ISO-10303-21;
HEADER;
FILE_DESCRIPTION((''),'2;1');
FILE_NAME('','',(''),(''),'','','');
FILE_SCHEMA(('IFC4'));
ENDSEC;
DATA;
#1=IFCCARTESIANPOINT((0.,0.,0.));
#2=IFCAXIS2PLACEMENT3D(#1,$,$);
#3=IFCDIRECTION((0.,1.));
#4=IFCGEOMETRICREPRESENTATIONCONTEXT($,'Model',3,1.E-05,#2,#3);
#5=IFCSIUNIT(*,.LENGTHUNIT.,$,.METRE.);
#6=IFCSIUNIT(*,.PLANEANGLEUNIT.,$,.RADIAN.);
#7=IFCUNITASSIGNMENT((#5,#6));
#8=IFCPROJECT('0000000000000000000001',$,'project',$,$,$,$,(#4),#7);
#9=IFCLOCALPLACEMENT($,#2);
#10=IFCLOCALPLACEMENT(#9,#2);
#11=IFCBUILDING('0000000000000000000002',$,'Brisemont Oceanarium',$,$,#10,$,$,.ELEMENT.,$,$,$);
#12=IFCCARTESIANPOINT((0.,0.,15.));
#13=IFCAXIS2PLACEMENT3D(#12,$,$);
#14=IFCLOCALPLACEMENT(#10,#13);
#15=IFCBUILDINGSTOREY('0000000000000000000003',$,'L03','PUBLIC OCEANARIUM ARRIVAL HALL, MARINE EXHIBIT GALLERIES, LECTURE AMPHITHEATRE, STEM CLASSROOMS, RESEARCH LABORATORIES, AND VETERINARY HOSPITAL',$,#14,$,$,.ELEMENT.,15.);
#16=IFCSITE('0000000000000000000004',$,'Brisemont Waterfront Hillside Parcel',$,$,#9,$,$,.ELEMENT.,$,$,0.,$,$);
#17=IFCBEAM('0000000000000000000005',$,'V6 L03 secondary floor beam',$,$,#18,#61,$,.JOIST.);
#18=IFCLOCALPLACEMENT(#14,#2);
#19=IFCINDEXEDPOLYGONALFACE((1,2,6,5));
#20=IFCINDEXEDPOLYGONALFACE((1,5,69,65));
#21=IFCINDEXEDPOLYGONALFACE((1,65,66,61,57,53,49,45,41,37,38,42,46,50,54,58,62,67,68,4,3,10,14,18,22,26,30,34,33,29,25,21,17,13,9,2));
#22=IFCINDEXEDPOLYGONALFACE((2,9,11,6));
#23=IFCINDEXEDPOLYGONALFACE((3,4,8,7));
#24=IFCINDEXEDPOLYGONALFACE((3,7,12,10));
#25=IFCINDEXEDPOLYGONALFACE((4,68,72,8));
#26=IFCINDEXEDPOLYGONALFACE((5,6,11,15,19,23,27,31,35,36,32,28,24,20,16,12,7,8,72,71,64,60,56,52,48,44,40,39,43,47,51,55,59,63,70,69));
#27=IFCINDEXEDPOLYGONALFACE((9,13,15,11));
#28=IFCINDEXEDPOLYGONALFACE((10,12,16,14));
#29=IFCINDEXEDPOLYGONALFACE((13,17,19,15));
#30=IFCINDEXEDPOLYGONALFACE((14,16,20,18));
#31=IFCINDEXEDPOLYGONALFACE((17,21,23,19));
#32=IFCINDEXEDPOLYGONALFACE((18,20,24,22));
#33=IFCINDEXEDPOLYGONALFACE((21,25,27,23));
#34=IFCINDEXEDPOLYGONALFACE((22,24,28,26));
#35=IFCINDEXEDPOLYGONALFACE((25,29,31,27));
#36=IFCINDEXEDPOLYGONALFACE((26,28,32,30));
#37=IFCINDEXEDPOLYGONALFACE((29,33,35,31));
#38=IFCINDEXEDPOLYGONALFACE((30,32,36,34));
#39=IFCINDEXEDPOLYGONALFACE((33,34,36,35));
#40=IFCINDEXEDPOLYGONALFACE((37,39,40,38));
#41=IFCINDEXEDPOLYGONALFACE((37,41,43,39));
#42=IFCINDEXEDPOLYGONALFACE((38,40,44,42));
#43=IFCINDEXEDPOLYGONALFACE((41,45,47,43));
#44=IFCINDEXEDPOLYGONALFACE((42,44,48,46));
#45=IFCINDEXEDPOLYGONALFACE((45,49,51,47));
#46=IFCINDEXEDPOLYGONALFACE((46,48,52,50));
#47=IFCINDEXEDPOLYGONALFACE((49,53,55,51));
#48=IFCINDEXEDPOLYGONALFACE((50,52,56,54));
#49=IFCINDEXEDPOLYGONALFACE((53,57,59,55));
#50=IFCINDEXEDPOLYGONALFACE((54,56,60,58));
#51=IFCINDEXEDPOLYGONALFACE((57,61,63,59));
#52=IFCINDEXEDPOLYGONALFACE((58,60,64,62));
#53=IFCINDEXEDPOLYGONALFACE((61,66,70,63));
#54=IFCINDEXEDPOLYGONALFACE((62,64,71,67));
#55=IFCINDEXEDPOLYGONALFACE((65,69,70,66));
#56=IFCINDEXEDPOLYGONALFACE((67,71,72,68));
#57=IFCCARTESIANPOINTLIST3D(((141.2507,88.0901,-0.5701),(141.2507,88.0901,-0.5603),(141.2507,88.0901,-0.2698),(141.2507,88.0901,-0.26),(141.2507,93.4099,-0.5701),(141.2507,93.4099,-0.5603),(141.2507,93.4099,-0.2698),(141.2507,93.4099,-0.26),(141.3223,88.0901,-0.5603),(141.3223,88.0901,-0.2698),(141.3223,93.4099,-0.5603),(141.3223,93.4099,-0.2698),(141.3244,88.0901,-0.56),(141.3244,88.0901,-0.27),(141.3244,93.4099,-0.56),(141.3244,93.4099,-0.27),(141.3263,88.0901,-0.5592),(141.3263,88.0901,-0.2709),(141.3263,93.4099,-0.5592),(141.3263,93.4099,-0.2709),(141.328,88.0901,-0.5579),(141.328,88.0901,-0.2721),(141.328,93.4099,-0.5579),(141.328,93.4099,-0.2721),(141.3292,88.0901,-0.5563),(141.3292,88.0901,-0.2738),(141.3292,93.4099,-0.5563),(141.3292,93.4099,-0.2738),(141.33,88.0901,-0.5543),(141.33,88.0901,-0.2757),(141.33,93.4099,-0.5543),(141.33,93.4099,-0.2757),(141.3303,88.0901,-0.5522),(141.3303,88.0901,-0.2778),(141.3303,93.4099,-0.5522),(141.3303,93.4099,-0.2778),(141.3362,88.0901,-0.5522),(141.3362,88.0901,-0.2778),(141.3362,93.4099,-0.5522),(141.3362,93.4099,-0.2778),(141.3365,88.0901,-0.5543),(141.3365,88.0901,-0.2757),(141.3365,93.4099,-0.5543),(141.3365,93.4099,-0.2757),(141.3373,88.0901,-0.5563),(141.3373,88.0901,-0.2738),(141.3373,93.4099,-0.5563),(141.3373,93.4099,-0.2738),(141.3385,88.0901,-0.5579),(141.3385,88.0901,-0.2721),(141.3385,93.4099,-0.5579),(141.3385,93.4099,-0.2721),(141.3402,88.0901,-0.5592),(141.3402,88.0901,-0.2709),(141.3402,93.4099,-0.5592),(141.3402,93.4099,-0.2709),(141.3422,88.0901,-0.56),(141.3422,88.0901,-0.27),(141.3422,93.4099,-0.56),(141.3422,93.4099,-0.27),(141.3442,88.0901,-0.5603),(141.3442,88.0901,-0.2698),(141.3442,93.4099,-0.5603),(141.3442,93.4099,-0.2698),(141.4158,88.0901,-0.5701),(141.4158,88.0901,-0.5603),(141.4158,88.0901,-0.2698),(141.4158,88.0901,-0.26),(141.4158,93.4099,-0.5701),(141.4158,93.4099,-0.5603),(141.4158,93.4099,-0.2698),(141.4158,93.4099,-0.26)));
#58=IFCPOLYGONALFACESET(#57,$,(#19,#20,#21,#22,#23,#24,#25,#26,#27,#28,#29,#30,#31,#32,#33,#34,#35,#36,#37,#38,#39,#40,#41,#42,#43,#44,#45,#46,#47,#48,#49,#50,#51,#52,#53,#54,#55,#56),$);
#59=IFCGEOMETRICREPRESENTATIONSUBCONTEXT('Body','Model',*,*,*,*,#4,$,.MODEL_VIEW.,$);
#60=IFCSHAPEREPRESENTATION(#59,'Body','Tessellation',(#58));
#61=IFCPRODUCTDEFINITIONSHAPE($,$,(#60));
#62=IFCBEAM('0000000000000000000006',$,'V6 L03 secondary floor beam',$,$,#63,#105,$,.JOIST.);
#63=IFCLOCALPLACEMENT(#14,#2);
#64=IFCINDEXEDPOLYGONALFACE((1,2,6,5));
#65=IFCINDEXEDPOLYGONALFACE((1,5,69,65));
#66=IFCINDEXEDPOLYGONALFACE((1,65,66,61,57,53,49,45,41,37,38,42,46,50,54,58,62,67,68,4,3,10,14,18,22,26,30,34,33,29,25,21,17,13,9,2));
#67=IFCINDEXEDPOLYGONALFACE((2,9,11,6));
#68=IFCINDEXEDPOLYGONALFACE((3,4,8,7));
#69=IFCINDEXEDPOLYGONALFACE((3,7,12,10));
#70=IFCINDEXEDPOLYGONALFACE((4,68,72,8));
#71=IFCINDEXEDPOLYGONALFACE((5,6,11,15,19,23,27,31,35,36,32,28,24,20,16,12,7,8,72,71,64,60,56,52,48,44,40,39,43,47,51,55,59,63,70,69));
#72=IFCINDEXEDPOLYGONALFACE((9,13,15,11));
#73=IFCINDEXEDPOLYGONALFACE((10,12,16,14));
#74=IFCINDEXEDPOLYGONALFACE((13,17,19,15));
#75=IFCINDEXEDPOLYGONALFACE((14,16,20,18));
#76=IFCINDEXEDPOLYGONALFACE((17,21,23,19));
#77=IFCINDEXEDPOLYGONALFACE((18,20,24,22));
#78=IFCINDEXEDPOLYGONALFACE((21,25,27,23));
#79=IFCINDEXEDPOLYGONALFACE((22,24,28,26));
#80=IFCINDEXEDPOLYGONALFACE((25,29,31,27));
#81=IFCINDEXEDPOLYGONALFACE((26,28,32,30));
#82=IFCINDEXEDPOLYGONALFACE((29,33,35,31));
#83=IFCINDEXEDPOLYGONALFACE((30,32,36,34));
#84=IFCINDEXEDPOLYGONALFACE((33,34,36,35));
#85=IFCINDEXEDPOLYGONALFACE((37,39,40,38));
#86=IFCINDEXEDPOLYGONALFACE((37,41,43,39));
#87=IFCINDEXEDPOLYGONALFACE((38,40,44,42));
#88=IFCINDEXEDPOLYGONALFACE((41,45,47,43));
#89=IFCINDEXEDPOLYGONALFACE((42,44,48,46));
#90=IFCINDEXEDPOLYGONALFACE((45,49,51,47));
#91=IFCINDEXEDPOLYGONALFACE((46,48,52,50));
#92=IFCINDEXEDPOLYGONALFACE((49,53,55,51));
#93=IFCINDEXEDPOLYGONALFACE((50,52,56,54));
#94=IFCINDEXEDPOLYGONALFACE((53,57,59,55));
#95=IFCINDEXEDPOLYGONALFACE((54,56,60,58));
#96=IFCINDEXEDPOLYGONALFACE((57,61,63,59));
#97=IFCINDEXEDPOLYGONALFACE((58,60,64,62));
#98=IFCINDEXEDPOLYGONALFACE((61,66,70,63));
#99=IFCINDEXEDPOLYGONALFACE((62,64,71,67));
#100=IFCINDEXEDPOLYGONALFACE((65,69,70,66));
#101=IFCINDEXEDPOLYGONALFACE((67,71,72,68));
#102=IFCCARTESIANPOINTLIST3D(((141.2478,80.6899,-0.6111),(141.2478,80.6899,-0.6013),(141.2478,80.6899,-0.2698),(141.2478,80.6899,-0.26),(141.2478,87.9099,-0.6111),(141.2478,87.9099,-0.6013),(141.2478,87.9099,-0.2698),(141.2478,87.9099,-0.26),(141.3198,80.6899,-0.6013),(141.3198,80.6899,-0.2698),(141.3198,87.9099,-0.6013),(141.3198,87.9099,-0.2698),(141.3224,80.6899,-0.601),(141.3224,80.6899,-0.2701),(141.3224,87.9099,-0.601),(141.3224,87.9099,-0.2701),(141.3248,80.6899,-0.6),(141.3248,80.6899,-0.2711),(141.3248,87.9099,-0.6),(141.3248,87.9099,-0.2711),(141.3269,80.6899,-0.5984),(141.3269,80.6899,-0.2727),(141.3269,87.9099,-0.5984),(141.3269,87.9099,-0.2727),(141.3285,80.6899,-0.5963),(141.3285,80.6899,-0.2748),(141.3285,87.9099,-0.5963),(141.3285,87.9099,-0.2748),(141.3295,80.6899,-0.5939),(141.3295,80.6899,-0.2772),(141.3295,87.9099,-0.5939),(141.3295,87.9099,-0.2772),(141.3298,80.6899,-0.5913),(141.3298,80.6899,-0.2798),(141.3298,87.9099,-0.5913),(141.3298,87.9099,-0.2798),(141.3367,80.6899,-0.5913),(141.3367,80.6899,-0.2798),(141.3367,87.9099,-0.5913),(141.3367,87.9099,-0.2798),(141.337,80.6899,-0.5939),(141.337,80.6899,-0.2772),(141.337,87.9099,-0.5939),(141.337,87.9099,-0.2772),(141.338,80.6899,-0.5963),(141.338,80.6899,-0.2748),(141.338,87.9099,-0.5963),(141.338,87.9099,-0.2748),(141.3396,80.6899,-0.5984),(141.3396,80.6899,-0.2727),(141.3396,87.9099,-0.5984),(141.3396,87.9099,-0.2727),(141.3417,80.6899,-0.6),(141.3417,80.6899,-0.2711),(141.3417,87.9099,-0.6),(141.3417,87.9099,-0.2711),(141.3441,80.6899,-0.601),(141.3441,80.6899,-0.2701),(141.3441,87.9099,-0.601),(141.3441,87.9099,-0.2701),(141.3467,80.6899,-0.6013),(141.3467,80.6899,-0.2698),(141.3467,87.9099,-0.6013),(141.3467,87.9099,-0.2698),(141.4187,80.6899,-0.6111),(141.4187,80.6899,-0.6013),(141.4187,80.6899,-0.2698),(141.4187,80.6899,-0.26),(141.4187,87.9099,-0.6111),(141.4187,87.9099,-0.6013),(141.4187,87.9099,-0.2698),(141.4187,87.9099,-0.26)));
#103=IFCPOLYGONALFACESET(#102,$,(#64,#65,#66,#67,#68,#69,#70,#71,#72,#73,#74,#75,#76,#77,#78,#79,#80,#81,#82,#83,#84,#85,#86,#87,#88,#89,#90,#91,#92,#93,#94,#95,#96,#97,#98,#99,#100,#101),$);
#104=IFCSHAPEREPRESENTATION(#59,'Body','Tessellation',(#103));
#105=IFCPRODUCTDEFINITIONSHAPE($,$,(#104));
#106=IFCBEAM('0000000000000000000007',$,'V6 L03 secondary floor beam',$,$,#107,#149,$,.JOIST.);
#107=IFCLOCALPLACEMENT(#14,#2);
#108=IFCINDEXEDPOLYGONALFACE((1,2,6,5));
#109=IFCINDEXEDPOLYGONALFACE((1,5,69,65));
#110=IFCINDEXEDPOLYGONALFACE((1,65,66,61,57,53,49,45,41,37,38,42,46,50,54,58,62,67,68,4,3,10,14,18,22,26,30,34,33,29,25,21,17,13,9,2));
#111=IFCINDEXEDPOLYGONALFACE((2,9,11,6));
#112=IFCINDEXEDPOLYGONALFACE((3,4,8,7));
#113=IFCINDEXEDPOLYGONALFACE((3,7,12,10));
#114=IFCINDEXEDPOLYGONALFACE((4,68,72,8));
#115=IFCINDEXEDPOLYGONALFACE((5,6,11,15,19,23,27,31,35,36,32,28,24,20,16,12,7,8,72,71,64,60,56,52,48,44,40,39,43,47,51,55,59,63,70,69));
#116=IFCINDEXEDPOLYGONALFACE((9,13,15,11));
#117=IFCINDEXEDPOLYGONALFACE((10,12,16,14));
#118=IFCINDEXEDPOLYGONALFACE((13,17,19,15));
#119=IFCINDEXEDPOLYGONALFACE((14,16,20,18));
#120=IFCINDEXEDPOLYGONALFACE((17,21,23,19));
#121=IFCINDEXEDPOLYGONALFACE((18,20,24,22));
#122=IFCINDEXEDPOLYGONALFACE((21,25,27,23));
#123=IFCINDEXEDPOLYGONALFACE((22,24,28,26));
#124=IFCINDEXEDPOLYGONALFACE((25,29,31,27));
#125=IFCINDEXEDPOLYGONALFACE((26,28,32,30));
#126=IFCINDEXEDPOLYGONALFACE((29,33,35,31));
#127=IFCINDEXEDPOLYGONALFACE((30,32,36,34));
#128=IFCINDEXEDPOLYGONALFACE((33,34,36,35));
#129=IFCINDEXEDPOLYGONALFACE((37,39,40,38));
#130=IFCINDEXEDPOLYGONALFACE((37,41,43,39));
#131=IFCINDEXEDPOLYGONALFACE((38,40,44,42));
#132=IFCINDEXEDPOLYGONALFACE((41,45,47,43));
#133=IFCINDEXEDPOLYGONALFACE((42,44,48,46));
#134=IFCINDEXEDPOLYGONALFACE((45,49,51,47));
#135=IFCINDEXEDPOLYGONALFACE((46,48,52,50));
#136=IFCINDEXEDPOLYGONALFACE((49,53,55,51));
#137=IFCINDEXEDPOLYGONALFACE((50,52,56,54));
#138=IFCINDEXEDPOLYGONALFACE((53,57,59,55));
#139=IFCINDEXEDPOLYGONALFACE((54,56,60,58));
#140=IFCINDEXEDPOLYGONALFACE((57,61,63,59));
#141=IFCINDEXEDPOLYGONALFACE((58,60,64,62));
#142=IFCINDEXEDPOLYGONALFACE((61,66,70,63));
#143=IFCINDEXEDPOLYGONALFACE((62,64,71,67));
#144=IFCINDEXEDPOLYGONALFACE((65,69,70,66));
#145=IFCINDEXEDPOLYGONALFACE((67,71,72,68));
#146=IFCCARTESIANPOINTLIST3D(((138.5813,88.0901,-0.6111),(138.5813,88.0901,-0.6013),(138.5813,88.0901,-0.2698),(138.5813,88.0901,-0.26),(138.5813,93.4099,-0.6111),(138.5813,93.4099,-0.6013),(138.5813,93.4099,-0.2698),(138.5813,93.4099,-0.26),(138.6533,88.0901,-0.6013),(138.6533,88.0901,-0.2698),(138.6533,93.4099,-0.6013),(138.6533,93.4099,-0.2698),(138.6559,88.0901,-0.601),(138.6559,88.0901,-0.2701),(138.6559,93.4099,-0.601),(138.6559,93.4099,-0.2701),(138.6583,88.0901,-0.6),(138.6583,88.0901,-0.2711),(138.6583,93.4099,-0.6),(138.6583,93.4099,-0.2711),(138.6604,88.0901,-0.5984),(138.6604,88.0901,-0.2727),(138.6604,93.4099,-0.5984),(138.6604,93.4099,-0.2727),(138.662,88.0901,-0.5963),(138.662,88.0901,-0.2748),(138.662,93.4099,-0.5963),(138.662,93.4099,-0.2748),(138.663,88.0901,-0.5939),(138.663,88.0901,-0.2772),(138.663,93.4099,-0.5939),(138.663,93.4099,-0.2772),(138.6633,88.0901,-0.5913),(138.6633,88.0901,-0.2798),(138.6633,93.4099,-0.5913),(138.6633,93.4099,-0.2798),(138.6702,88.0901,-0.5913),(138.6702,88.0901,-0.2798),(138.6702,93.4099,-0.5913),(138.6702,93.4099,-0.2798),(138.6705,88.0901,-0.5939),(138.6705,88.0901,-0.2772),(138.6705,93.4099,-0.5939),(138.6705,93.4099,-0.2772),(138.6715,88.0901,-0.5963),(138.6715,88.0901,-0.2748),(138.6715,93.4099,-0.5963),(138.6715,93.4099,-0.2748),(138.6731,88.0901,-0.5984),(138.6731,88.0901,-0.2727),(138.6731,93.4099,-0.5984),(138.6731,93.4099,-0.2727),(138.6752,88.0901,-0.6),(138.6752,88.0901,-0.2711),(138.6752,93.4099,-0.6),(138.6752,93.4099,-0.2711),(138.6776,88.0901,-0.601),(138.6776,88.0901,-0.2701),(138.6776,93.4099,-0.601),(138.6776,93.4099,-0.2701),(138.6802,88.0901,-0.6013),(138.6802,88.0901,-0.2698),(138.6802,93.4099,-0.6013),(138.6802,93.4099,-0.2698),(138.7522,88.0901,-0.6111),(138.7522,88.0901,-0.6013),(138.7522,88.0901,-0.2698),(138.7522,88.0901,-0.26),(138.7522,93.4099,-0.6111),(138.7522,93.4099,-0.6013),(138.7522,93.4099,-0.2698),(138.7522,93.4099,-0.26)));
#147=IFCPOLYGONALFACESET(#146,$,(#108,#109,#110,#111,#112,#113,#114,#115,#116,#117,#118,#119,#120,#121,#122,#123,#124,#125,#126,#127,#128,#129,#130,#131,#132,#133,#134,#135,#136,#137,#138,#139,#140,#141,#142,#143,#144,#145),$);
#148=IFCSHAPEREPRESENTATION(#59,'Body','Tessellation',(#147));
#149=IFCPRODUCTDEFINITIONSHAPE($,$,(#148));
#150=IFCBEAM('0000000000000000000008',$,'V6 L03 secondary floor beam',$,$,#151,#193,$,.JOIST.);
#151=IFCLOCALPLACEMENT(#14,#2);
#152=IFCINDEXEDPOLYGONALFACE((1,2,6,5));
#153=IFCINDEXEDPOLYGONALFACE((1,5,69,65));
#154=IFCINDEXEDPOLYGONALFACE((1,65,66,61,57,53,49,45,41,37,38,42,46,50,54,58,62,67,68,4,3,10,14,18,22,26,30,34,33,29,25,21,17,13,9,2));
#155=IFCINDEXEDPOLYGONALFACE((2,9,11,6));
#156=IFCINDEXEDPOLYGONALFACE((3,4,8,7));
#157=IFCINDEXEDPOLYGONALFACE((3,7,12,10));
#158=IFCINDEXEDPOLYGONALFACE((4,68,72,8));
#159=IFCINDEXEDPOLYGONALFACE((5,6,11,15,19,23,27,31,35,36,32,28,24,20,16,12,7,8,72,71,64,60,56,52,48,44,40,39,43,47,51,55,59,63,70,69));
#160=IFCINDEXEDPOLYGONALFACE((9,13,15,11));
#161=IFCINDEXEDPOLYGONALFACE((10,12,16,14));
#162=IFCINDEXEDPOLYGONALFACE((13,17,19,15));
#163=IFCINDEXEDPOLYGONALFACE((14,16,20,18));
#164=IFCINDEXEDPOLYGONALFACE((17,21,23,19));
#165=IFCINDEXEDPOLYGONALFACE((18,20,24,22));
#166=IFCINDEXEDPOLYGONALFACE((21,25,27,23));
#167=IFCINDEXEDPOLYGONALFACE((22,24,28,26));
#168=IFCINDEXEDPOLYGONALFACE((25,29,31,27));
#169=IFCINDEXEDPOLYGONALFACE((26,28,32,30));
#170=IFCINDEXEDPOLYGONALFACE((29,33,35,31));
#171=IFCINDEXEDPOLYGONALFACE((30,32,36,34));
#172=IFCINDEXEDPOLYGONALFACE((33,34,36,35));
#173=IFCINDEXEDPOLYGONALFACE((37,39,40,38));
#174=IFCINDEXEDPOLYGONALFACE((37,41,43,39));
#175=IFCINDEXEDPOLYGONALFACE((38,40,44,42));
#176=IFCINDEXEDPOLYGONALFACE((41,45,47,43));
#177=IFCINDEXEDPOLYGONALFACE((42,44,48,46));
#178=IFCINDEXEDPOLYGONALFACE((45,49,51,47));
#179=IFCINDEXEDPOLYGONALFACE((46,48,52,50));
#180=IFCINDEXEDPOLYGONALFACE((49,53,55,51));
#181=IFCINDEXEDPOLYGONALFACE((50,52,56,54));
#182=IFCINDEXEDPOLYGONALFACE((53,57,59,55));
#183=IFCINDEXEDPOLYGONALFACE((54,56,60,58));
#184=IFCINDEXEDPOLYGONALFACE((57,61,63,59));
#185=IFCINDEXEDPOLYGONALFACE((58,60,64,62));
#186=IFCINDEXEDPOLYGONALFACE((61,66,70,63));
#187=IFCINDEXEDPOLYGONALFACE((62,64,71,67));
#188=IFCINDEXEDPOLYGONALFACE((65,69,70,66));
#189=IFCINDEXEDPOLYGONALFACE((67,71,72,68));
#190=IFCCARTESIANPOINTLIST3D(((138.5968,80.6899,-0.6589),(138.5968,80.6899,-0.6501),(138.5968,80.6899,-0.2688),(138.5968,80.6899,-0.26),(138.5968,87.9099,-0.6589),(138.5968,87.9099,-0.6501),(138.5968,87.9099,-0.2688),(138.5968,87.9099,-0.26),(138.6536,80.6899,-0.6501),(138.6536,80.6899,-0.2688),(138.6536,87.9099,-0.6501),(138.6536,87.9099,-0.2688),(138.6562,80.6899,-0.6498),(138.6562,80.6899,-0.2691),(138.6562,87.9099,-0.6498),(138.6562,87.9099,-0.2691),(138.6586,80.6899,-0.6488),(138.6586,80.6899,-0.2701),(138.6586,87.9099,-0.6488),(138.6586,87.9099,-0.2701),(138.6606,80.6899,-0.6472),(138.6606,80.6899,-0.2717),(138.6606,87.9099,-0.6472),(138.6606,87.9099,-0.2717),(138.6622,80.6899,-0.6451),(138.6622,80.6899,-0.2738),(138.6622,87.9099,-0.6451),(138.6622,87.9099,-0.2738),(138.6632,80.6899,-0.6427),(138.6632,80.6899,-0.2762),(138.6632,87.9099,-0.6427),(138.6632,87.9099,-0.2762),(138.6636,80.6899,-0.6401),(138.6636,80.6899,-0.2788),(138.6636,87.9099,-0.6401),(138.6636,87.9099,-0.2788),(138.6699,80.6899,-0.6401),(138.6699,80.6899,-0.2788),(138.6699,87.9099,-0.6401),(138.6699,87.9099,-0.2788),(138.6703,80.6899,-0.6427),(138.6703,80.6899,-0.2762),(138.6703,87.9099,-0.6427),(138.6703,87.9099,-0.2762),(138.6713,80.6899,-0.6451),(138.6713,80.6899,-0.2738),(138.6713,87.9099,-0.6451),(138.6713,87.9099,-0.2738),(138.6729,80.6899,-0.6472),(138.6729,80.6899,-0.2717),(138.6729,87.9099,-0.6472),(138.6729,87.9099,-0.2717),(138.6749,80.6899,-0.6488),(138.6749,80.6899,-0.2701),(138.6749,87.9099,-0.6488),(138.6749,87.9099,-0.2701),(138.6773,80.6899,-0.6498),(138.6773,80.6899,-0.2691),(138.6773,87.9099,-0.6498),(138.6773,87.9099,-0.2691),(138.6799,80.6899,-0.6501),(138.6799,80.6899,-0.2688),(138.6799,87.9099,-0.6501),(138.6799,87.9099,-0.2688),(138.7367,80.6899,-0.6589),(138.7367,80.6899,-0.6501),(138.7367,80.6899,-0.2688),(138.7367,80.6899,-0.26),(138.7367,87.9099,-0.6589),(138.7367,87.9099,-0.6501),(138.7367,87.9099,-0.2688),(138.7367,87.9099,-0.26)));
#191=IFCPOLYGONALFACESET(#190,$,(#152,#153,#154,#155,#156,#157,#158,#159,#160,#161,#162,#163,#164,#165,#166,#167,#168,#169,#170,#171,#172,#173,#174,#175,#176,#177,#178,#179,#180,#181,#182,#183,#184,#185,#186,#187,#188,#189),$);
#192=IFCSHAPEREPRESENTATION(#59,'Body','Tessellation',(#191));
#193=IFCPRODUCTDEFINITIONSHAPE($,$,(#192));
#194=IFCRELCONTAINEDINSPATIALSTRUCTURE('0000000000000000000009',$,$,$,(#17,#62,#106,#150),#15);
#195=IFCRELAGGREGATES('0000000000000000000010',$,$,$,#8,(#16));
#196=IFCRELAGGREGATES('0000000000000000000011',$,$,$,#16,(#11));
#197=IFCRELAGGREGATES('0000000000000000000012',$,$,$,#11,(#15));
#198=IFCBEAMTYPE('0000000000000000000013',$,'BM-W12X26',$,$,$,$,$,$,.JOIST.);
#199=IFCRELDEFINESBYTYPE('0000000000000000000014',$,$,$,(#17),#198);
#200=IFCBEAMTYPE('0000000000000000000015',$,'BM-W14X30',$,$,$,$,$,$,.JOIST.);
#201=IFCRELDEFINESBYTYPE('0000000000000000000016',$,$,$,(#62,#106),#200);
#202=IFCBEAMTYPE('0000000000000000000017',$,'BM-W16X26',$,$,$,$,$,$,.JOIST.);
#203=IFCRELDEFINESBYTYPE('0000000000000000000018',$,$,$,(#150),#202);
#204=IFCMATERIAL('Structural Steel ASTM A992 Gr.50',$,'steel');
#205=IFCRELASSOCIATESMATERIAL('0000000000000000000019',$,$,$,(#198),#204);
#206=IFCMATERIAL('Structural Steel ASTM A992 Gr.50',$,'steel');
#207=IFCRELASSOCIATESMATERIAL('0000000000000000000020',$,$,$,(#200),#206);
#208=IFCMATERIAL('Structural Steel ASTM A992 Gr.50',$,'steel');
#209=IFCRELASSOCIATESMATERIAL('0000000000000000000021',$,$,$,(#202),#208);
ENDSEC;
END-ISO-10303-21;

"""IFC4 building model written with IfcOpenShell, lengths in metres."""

from ifc_helpers import new_model, si_unit, direction, frame, origin, origin_2d, place, context, subcontext, project, spatial, i_section, extrude, material, material_profile, profile_set, type_object, element, save


model = new_model("IFC4")

# Units and contexts
model_context = context("Model", 3, precision=1e-05, world=origin(), true_north=direction((0.0, 1.0)))
body_context = subcontext(model_context, "Body", "Model", "MODEL_VIEW")
ifc_project = project(units=[si_unit("LENGTHUNIT", "METRE"), si_unit("PLANEANGLEUNIT", "RADIAN")], contexts=[model_context])

# Site, building, storey
site_placement = place(None, origin())
site = spatial("IfcSite", under=ifc_project, at=site_placement, Name="Brisemont Waterfront Hillside Parcel", CompositionType="ELEMENT", RefElevation=0.0)
building_placement = place(site_placement, origin())
building = spatial("IfcBuilding", under=site, at=building_placement, Name="Brisemont Oceanarium", CompositionType="ELEMENT")
storey_placement = place(building_placement, frame((0.0, 0.0, 15.0)))
storey = spatial("IfcBuildingStorey", under=building, at=storey_placement, Name="L03", Description="PUBLIC OCEANARIUM ARRIVAL HALL, MARINE EXHIBIT GALLERIES, LECTURE AMPHITHEATRE, STEM CLASSROOMS, RESEARCH LABORATORIES, AND VETERINARY HOSPITAL", CompositionType="ELEMENT", Elevation=15.0)

# Beams
ifc_material_1 = material(Name="Structural Steel ASTM A992 Gr.50", Category="steel")
ifc_material_profile_1 = material_profile(ifc_material_1, i_section(OverallWidth=0.165, OverallDepth=0.3101, WebThickness=0.0059, FlangeThickness=0.0098, FilletRadius=0.0081, at=origin_2d()), Name="W12X26")
ifc_profile_set_1 = profile_set([ifc_material_profile_1], Name="Structural Steel ASTM A992 Gr.50")
beam_type_1 = type_object("IfcBeamType", Name="BM-W12X26", PredefinedType="JOIST", material=ifc_profile_set_1)
beam_1_placement = place(storey_placement, frame((141.3333, 88.0901, -0.415), z_axis=(0.0, 1.0, 0.0), x_axis=(-1.0, 0.0, 0.0)))
element("IfcBeam", 1, at=beam_1_placement, inside=storey, type_object=beam_type_1, Name="V6 L03 secondary floor beam", PredefinedType="JOIST", context=body_context, shape_type="SweptSolid", body=[
    extrude(i_section(OverallWidth=0.165, OverallDepth=0.3101, WebThickness=0.0059, FlangeThickness=0.0098, FilletRadius=0.0081, at=origin_2d()), origin(), (0.0, 0.0, 1.0), 5.3198),
])
ifc_material_2 = material(Name="Structural Steel ASTM A992 Gr.50", Category="steel")
ifc_material_profile_2 = material_profile(ifc_material_2, i_section(OverallWidth=0.1709, OverallDepth=0.3511, WebThickness=0.0068, FlangeThickness=0.0098, FilletRadius=0.01, at=origin_2d()), Name="W14X30")
ifc_profile_set_2 = profile_set([ifc_material_profile_2], Name="Structural Steel ASTM A992 Gr.50")
beam_type_2 = type_object("IfcBeamType", Name="BM-W14X30", PredefinedType="JOIST", material=ifc_profile_set_2)
beam_2_placement = place(storey_placement, frame((141.3333, 80.6899, -0.4355), z_axis=(0.0, 1.0, 0.0), x_axis=(-1.0, 0.0, 0.0)))
element("IfcBeam", 2, at=beam_2_placement, inside=storey, type_object=beam_type_2, Name="V6 L03 secondary floor beam", PredefinedType="JOIST", context=body_context, shape_type="SweptSolid", body=[
    extrude(i_section(OverallWidth=0.1709, OverallDepth=0.3511, WebThickness=0.0068, FlangeThickness=0.0098, FilletRadius=0.01, at=origin_2d()), origin(), (0.0, 0.0, 1.0), 7.22),
])
beam_3_placement = place(storey_placement, frame((138.6667, 88.0901, -0.4355), z_axis=(0.0, 1.0, 0.0), x_axis=(-1.0, 0.0, 0.0)))
element("IfcBeam", 3, at=beam_3_placement, inside=storey, type_object=beam_type_2, Name="V6 L03 secondary floor beam", PredefinedType="JOIST", context=body_context, shape_type="SweptSolid", body=[
    extrude(i_section(OverallWidth=0.1709, OverallDepth=0.3511, WebThickness=0.0068, FlangeThickness=0.0098, FilletRadius=0.01, at=origin_2d()), origin(), (0.0, 0.0, 1.0), 5.3198),
])
ifc_material_3 = material(Name="Structural Steel ASTM A992 Gr.50", Category="steel")
ifc_material_profile_3 = material_profile(ifc_material_3, i_section(OverallWidth=0.1399, OverallDepth=0.3989, WebThickness=0.0063, FlangeThickness=0.0088, FilletRadius=0.01, at=origin_2d()), Name="W16X26")
ifc_profile_set_3 = profile_set([ifc_material_profile_3], Name="Structural Steel ASTM A992 Gr.50")
beam_type_3 = type_object("IfcBeamType", Name="BM-W16X26", PredefinedType="JOIST", material=ifc_profile_set_3)
beam_4_placement = place(storey_placement, frame((138.6667, 80.6899, -0.4595), z_axis=(0.0, 1.0, 0.0), x_axis=(-1.0, 0.0, 0.0)))
element("IfcBeam", 4, at=beam_4_placement, inside=storey, type_object=beam_type_3, Name="V6 L03 secondary floor beam", PredefinedType="JOIST", context=body_context, shape_type="SweptSolid", body=[
    extrude(i_section(OverallWidth=0.1399, OverallDepth=0.3989, WebThickness=0.0063, FlangeThickness=0.0088, FilletRadius=0.01, at=origin_2d()), origin(), (0.0, 0.0, 1.0), 7.22),
])

save(model, "model.ifc")
